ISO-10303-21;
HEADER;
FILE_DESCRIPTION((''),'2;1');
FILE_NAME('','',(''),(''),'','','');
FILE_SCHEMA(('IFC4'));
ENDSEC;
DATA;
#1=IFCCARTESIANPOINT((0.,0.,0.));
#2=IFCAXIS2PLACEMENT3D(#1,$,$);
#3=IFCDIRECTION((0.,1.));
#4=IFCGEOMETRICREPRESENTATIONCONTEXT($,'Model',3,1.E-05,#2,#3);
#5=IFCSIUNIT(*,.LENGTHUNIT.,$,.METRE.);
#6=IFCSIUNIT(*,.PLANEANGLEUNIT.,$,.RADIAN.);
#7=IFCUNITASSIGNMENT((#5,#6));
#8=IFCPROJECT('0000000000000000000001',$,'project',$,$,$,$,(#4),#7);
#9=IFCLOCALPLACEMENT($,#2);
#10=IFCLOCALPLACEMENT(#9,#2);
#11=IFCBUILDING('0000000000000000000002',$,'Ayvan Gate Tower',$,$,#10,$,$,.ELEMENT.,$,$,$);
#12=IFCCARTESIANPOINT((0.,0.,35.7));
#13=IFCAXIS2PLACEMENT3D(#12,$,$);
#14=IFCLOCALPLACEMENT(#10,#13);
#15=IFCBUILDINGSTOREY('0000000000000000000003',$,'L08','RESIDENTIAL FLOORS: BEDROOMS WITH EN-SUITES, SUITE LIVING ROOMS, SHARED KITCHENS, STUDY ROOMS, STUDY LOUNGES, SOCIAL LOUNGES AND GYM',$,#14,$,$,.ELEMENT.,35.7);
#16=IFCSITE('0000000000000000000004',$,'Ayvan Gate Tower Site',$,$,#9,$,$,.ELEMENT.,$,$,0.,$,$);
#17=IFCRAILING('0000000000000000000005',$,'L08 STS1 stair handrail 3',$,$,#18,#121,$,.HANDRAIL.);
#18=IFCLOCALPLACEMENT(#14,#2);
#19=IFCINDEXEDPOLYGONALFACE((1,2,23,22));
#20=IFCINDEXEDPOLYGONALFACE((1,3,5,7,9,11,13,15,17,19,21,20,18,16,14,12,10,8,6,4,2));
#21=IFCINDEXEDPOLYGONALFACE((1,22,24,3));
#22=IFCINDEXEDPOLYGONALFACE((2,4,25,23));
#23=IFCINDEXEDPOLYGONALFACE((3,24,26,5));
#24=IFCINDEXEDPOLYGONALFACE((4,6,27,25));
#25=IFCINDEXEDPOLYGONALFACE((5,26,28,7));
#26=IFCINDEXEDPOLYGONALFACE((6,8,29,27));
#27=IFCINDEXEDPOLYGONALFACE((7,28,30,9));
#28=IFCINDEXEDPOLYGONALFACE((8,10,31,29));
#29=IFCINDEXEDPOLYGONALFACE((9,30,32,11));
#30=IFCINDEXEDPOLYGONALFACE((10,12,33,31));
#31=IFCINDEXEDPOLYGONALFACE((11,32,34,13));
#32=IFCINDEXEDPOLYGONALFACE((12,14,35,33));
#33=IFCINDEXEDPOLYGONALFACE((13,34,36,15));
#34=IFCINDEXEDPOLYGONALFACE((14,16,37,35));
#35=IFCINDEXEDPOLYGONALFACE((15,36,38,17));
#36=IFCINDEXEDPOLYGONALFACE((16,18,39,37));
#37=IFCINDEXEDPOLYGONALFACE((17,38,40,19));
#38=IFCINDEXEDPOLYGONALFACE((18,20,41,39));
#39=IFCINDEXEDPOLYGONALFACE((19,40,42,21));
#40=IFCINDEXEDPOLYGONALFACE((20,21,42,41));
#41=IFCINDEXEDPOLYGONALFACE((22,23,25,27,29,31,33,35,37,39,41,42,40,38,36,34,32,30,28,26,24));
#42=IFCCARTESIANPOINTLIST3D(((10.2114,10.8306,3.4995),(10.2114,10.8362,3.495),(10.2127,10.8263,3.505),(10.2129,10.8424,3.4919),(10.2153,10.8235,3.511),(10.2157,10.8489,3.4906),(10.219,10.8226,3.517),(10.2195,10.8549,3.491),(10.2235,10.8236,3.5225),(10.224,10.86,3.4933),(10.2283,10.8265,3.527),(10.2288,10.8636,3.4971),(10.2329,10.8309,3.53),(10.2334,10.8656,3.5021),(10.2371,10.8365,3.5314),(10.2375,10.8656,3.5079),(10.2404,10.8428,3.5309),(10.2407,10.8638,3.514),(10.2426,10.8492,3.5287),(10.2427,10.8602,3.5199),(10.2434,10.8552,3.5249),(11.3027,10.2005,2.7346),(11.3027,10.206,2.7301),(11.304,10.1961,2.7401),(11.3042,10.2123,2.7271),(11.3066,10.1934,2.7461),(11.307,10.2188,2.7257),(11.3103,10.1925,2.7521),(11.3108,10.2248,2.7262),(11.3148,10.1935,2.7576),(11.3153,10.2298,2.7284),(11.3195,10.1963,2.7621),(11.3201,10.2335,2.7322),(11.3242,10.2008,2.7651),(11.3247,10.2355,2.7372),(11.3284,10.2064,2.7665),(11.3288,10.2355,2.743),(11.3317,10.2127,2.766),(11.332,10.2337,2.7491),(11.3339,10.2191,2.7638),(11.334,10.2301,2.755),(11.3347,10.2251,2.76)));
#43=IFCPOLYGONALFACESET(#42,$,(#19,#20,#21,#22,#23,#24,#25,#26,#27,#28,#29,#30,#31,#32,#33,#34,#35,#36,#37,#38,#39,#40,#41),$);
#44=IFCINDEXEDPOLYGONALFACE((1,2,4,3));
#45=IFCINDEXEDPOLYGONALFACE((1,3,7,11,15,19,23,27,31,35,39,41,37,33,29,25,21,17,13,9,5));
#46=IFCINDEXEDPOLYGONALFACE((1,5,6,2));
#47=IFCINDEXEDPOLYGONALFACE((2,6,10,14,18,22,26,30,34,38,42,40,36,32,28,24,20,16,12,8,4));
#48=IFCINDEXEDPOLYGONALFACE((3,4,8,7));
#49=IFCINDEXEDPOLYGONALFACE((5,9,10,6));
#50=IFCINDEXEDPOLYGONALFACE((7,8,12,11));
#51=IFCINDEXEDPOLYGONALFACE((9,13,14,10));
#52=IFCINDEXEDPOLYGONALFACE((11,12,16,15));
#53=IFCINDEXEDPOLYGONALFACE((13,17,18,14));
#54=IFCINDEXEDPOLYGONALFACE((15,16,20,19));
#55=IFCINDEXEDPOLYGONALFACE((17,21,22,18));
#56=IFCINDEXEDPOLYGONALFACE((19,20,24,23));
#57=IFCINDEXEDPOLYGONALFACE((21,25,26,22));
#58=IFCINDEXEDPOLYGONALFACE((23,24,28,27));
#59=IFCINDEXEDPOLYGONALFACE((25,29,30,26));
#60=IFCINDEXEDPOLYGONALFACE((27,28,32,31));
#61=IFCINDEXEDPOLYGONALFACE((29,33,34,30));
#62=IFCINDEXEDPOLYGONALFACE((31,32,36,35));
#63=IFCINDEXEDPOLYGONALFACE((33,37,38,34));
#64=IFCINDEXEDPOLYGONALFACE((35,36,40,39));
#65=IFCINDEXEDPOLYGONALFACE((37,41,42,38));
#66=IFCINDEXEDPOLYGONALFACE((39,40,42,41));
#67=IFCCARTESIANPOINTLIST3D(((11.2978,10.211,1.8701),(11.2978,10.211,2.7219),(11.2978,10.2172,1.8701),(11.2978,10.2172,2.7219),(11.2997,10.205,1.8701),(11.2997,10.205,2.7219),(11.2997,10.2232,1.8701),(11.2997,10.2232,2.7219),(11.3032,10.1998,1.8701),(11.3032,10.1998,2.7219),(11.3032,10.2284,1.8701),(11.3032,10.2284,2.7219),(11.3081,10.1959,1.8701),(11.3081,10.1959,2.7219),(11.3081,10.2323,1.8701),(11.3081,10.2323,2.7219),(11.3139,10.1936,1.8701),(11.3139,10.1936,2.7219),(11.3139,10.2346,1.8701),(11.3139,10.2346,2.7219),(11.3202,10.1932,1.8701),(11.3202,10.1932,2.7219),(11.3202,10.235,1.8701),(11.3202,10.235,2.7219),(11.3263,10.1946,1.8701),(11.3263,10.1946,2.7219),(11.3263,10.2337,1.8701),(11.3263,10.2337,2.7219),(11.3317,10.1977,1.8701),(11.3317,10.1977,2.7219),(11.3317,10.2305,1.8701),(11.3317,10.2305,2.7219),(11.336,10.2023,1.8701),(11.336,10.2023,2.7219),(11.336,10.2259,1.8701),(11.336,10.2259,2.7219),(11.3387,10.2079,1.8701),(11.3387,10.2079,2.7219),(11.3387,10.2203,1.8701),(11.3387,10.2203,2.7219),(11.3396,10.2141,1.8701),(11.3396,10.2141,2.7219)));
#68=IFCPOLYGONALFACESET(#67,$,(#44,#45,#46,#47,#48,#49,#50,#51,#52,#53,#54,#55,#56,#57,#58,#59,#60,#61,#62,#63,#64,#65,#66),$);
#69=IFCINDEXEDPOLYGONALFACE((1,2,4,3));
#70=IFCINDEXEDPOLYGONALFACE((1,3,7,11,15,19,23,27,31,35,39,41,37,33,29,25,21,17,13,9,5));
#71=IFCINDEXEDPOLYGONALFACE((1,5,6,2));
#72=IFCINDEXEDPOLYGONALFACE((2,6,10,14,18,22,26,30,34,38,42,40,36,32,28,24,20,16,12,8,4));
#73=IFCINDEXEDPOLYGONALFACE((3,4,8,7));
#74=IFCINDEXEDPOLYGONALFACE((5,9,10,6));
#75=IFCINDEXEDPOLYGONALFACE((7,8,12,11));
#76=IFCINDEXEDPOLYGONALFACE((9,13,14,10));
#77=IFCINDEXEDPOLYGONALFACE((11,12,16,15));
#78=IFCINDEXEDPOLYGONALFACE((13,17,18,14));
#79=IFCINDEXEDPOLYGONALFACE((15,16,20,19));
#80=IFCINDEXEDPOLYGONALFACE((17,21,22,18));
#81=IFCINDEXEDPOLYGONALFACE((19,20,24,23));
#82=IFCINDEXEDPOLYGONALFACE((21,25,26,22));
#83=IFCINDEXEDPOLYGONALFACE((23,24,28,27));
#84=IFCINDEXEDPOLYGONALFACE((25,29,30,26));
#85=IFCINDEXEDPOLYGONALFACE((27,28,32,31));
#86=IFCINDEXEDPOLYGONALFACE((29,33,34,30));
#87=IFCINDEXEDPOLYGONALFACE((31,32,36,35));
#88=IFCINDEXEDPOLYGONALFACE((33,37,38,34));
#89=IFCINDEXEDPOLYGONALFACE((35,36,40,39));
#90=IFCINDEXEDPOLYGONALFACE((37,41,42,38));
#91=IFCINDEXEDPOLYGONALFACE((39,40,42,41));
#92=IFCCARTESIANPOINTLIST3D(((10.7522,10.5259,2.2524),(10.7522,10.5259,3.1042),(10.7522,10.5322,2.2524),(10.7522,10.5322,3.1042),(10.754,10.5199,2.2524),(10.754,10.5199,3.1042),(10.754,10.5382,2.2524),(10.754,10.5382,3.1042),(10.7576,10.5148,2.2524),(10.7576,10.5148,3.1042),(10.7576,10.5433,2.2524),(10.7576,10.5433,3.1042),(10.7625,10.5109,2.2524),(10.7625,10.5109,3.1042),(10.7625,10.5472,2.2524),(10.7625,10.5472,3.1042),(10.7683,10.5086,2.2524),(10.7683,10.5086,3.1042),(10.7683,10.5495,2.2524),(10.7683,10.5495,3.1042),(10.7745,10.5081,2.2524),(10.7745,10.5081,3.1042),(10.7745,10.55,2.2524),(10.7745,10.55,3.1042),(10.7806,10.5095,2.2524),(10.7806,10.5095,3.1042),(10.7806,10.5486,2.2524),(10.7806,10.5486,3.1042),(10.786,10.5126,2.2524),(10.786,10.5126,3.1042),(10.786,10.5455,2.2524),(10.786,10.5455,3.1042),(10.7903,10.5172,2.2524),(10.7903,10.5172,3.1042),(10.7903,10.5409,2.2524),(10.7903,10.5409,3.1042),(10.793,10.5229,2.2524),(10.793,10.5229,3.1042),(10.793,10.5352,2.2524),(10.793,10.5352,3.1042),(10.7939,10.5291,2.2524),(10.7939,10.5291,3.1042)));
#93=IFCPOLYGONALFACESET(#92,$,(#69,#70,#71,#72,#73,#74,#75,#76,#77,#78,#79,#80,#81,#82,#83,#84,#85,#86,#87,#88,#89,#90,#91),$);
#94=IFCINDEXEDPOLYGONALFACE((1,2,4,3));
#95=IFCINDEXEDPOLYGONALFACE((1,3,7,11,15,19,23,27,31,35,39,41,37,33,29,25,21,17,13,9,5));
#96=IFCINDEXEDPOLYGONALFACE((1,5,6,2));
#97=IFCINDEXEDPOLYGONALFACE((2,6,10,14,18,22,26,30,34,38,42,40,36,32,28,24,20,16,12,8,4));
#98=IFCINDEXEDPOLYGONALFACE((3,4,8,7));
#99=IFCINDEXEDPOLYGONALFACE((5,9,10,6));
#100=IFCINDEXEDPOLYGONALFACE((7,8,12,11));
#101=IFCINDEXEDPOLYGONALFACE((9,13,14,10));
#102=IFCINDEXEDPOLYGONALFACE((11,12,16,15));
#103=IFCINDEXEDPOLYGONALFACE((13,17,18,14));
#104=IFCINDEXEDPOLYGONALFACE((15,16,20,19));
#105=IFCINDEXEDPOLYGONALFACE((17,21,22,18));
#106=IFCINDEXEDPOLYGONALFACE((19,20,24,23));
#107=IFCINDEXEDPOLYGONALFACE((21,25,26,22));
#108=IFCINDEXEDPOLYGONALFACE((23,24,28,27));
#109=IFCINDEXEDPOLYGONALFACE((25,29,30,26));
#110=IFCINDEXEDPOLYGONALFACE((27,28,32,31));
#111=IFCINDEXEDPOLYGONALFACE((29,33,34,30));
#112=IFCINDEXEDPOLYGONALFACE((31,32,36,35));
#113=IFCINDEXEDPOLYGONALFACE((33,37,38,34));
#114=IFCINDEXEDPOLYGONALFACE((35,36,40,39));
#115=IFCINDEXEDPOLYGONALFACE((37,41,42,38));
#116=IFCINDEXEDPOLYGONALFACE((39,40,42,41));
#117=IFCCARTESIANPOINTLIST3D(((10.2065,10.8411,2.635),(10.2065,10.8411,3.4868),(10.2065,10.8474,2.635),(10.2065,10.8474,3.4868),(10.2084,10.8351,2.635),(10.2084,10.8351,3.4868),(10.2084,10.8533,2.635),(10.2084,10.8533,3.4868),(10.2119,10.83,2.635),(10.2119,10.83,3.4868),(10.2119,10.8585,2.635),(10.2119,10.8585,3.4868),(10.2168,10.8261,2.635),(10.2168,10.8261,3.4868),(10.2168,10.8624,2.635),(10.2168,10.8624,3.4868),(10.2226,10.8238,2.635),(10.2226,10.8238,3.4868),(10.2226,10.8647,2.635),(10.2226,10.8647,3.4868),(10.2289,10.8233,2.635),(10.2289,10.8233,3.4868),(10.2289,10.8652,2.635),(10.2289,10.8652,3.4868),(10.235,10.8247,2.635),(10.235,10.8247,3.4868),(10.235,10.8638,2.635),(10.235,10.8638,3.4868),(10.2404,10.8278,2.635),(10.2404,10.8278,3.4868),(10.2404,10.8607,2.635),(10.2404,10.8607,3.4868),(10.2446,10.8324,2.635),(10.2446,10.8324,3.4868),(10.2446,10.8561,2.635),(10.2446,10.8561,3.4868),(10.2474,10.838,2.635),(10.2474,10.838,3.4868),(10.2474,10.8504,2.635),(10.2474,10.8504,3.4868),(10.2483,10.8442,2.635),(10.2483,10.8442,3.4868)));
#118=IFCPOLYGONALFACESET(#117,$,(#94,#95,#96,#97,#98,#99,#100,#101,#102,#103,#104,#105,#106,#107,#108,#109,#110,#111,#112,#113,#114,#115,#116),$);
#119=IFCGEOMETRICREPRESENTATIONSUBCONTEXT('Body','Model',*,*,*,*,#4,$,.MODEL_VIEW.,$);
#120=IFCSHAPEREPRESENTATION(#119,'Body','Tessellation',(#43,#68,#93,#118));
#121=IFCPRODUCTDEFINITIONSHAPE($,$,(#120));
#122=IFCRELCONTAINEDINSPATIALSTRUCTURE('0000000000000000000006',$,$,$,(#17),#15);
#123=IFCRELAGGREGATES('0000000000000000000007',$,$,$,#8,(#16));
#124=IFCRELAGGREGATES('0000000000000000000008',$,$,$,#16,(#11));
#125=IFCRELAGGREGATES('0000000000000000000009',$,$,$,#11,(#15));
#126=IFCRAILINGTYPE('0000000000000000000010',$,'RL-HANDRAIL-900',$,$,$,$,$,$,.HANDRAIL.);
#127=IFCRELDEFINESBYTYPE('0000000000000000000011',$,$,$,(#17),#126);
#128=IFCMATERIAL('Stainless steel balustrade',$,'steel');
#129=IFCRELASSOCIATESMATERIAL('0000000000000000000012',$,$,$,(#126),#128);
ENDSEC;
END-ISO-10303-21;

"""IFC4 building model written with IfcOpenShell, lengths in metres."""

from ifc_helpers import new_model, si_unit, direction, frame, origin, origin_2d, place, context, subcontext, project, spatial, circle, extrude, material, type_object, element, save


model = new_model("IFC4")

# Units and contexts
model_context = context("Model", 3, precision=1e-05, world=origin(), true_north=direction((0.0, 1.0)))
body_context = subcontext(model_context, "Body", "Model", "MODEL_VIEW")
ifc_project = project(units=[si_unit("LENGTHUNIT", "METRE"), si_unit("PLANEANGLEUNIT", "RADIAN")], contexts=[model_context])

# Site, building, storey
site_placement = place(None, origin())
site = spatial("IfcSite", under=ifc_project, at=site_placement, Name="Ayvan Gate Tower Site", CompositionType="ELEMENT", RefElevation=0.0)
building_placement = place(site_placement, origin())
building = spatial("IfcBuilding", under=site, at=building_placement, Name="Ayvan Gate Tower", CompositionType="ELEMENT")
storey_placement = place(building_placement, frame((0.0, 0.0, 35.7)))
storey = spatial("IfcBuildingStorey", under=building, at=storey_placement, Name="L08", Description="RESIDENTIAL FLOORS: BEDROOMS WITH EN-SUITES, SUITE LIVING ROOMS, SHARED KITCHENS, STUDY ROOMS, STUDY LOUNGES, SOCIAL LOUNGES AND GYM", CompositionType="ELEMENT", Elevation=35.7)

# Railing
ifc_material_1 = material(Name="Stainless steel balustrade", Category="steel")
railing_type_1 = type_object("IfcRailingType", Name="RL-HANDRAIL-900", PredefinedType="HANDRAIL", material=ifc_material_1)
railing_1_placement = place(storey_placement, frame((11.3186, 10.2141, 1.8701)))
element("IfcRailing", 1, at=railing_1_placement, inside=storey, type_object=railing_type_1, Name="L08 STS1 stair handrail 3", PredefinedType="HANDRAIL", context=body_context, shape_type="SweptSolid", body=[
    extrude(circle(Radius=0.0239, at=origin_2d()), frame((0.0, 0.0, 0.876), z_axis=(-0.740304, 0.427455, 0.518875), x_axis=(-0.500035, -0.866005, 0.0)), (0.0, 0.0, 1.0), 1.4741),
    extrude(circle(Radius=0.021, at=origin_2d()), origin(), (0.0, 0.0, 1.0), 0.8518),
    extrude(circle(Radius=0.021, at=origin_2d()), frame((-0.5457, 0.3149, 0.3823)), (0.0, 0.0, 1.0), 0.8518),
    extrude(circle(Radius=0.021, at=origin_2d()), frame((-1.0913, 0.6301, 0.7649)), (0.0, 0.0, 1.0), 0.8518),
])

save(model, "model.ifc")
